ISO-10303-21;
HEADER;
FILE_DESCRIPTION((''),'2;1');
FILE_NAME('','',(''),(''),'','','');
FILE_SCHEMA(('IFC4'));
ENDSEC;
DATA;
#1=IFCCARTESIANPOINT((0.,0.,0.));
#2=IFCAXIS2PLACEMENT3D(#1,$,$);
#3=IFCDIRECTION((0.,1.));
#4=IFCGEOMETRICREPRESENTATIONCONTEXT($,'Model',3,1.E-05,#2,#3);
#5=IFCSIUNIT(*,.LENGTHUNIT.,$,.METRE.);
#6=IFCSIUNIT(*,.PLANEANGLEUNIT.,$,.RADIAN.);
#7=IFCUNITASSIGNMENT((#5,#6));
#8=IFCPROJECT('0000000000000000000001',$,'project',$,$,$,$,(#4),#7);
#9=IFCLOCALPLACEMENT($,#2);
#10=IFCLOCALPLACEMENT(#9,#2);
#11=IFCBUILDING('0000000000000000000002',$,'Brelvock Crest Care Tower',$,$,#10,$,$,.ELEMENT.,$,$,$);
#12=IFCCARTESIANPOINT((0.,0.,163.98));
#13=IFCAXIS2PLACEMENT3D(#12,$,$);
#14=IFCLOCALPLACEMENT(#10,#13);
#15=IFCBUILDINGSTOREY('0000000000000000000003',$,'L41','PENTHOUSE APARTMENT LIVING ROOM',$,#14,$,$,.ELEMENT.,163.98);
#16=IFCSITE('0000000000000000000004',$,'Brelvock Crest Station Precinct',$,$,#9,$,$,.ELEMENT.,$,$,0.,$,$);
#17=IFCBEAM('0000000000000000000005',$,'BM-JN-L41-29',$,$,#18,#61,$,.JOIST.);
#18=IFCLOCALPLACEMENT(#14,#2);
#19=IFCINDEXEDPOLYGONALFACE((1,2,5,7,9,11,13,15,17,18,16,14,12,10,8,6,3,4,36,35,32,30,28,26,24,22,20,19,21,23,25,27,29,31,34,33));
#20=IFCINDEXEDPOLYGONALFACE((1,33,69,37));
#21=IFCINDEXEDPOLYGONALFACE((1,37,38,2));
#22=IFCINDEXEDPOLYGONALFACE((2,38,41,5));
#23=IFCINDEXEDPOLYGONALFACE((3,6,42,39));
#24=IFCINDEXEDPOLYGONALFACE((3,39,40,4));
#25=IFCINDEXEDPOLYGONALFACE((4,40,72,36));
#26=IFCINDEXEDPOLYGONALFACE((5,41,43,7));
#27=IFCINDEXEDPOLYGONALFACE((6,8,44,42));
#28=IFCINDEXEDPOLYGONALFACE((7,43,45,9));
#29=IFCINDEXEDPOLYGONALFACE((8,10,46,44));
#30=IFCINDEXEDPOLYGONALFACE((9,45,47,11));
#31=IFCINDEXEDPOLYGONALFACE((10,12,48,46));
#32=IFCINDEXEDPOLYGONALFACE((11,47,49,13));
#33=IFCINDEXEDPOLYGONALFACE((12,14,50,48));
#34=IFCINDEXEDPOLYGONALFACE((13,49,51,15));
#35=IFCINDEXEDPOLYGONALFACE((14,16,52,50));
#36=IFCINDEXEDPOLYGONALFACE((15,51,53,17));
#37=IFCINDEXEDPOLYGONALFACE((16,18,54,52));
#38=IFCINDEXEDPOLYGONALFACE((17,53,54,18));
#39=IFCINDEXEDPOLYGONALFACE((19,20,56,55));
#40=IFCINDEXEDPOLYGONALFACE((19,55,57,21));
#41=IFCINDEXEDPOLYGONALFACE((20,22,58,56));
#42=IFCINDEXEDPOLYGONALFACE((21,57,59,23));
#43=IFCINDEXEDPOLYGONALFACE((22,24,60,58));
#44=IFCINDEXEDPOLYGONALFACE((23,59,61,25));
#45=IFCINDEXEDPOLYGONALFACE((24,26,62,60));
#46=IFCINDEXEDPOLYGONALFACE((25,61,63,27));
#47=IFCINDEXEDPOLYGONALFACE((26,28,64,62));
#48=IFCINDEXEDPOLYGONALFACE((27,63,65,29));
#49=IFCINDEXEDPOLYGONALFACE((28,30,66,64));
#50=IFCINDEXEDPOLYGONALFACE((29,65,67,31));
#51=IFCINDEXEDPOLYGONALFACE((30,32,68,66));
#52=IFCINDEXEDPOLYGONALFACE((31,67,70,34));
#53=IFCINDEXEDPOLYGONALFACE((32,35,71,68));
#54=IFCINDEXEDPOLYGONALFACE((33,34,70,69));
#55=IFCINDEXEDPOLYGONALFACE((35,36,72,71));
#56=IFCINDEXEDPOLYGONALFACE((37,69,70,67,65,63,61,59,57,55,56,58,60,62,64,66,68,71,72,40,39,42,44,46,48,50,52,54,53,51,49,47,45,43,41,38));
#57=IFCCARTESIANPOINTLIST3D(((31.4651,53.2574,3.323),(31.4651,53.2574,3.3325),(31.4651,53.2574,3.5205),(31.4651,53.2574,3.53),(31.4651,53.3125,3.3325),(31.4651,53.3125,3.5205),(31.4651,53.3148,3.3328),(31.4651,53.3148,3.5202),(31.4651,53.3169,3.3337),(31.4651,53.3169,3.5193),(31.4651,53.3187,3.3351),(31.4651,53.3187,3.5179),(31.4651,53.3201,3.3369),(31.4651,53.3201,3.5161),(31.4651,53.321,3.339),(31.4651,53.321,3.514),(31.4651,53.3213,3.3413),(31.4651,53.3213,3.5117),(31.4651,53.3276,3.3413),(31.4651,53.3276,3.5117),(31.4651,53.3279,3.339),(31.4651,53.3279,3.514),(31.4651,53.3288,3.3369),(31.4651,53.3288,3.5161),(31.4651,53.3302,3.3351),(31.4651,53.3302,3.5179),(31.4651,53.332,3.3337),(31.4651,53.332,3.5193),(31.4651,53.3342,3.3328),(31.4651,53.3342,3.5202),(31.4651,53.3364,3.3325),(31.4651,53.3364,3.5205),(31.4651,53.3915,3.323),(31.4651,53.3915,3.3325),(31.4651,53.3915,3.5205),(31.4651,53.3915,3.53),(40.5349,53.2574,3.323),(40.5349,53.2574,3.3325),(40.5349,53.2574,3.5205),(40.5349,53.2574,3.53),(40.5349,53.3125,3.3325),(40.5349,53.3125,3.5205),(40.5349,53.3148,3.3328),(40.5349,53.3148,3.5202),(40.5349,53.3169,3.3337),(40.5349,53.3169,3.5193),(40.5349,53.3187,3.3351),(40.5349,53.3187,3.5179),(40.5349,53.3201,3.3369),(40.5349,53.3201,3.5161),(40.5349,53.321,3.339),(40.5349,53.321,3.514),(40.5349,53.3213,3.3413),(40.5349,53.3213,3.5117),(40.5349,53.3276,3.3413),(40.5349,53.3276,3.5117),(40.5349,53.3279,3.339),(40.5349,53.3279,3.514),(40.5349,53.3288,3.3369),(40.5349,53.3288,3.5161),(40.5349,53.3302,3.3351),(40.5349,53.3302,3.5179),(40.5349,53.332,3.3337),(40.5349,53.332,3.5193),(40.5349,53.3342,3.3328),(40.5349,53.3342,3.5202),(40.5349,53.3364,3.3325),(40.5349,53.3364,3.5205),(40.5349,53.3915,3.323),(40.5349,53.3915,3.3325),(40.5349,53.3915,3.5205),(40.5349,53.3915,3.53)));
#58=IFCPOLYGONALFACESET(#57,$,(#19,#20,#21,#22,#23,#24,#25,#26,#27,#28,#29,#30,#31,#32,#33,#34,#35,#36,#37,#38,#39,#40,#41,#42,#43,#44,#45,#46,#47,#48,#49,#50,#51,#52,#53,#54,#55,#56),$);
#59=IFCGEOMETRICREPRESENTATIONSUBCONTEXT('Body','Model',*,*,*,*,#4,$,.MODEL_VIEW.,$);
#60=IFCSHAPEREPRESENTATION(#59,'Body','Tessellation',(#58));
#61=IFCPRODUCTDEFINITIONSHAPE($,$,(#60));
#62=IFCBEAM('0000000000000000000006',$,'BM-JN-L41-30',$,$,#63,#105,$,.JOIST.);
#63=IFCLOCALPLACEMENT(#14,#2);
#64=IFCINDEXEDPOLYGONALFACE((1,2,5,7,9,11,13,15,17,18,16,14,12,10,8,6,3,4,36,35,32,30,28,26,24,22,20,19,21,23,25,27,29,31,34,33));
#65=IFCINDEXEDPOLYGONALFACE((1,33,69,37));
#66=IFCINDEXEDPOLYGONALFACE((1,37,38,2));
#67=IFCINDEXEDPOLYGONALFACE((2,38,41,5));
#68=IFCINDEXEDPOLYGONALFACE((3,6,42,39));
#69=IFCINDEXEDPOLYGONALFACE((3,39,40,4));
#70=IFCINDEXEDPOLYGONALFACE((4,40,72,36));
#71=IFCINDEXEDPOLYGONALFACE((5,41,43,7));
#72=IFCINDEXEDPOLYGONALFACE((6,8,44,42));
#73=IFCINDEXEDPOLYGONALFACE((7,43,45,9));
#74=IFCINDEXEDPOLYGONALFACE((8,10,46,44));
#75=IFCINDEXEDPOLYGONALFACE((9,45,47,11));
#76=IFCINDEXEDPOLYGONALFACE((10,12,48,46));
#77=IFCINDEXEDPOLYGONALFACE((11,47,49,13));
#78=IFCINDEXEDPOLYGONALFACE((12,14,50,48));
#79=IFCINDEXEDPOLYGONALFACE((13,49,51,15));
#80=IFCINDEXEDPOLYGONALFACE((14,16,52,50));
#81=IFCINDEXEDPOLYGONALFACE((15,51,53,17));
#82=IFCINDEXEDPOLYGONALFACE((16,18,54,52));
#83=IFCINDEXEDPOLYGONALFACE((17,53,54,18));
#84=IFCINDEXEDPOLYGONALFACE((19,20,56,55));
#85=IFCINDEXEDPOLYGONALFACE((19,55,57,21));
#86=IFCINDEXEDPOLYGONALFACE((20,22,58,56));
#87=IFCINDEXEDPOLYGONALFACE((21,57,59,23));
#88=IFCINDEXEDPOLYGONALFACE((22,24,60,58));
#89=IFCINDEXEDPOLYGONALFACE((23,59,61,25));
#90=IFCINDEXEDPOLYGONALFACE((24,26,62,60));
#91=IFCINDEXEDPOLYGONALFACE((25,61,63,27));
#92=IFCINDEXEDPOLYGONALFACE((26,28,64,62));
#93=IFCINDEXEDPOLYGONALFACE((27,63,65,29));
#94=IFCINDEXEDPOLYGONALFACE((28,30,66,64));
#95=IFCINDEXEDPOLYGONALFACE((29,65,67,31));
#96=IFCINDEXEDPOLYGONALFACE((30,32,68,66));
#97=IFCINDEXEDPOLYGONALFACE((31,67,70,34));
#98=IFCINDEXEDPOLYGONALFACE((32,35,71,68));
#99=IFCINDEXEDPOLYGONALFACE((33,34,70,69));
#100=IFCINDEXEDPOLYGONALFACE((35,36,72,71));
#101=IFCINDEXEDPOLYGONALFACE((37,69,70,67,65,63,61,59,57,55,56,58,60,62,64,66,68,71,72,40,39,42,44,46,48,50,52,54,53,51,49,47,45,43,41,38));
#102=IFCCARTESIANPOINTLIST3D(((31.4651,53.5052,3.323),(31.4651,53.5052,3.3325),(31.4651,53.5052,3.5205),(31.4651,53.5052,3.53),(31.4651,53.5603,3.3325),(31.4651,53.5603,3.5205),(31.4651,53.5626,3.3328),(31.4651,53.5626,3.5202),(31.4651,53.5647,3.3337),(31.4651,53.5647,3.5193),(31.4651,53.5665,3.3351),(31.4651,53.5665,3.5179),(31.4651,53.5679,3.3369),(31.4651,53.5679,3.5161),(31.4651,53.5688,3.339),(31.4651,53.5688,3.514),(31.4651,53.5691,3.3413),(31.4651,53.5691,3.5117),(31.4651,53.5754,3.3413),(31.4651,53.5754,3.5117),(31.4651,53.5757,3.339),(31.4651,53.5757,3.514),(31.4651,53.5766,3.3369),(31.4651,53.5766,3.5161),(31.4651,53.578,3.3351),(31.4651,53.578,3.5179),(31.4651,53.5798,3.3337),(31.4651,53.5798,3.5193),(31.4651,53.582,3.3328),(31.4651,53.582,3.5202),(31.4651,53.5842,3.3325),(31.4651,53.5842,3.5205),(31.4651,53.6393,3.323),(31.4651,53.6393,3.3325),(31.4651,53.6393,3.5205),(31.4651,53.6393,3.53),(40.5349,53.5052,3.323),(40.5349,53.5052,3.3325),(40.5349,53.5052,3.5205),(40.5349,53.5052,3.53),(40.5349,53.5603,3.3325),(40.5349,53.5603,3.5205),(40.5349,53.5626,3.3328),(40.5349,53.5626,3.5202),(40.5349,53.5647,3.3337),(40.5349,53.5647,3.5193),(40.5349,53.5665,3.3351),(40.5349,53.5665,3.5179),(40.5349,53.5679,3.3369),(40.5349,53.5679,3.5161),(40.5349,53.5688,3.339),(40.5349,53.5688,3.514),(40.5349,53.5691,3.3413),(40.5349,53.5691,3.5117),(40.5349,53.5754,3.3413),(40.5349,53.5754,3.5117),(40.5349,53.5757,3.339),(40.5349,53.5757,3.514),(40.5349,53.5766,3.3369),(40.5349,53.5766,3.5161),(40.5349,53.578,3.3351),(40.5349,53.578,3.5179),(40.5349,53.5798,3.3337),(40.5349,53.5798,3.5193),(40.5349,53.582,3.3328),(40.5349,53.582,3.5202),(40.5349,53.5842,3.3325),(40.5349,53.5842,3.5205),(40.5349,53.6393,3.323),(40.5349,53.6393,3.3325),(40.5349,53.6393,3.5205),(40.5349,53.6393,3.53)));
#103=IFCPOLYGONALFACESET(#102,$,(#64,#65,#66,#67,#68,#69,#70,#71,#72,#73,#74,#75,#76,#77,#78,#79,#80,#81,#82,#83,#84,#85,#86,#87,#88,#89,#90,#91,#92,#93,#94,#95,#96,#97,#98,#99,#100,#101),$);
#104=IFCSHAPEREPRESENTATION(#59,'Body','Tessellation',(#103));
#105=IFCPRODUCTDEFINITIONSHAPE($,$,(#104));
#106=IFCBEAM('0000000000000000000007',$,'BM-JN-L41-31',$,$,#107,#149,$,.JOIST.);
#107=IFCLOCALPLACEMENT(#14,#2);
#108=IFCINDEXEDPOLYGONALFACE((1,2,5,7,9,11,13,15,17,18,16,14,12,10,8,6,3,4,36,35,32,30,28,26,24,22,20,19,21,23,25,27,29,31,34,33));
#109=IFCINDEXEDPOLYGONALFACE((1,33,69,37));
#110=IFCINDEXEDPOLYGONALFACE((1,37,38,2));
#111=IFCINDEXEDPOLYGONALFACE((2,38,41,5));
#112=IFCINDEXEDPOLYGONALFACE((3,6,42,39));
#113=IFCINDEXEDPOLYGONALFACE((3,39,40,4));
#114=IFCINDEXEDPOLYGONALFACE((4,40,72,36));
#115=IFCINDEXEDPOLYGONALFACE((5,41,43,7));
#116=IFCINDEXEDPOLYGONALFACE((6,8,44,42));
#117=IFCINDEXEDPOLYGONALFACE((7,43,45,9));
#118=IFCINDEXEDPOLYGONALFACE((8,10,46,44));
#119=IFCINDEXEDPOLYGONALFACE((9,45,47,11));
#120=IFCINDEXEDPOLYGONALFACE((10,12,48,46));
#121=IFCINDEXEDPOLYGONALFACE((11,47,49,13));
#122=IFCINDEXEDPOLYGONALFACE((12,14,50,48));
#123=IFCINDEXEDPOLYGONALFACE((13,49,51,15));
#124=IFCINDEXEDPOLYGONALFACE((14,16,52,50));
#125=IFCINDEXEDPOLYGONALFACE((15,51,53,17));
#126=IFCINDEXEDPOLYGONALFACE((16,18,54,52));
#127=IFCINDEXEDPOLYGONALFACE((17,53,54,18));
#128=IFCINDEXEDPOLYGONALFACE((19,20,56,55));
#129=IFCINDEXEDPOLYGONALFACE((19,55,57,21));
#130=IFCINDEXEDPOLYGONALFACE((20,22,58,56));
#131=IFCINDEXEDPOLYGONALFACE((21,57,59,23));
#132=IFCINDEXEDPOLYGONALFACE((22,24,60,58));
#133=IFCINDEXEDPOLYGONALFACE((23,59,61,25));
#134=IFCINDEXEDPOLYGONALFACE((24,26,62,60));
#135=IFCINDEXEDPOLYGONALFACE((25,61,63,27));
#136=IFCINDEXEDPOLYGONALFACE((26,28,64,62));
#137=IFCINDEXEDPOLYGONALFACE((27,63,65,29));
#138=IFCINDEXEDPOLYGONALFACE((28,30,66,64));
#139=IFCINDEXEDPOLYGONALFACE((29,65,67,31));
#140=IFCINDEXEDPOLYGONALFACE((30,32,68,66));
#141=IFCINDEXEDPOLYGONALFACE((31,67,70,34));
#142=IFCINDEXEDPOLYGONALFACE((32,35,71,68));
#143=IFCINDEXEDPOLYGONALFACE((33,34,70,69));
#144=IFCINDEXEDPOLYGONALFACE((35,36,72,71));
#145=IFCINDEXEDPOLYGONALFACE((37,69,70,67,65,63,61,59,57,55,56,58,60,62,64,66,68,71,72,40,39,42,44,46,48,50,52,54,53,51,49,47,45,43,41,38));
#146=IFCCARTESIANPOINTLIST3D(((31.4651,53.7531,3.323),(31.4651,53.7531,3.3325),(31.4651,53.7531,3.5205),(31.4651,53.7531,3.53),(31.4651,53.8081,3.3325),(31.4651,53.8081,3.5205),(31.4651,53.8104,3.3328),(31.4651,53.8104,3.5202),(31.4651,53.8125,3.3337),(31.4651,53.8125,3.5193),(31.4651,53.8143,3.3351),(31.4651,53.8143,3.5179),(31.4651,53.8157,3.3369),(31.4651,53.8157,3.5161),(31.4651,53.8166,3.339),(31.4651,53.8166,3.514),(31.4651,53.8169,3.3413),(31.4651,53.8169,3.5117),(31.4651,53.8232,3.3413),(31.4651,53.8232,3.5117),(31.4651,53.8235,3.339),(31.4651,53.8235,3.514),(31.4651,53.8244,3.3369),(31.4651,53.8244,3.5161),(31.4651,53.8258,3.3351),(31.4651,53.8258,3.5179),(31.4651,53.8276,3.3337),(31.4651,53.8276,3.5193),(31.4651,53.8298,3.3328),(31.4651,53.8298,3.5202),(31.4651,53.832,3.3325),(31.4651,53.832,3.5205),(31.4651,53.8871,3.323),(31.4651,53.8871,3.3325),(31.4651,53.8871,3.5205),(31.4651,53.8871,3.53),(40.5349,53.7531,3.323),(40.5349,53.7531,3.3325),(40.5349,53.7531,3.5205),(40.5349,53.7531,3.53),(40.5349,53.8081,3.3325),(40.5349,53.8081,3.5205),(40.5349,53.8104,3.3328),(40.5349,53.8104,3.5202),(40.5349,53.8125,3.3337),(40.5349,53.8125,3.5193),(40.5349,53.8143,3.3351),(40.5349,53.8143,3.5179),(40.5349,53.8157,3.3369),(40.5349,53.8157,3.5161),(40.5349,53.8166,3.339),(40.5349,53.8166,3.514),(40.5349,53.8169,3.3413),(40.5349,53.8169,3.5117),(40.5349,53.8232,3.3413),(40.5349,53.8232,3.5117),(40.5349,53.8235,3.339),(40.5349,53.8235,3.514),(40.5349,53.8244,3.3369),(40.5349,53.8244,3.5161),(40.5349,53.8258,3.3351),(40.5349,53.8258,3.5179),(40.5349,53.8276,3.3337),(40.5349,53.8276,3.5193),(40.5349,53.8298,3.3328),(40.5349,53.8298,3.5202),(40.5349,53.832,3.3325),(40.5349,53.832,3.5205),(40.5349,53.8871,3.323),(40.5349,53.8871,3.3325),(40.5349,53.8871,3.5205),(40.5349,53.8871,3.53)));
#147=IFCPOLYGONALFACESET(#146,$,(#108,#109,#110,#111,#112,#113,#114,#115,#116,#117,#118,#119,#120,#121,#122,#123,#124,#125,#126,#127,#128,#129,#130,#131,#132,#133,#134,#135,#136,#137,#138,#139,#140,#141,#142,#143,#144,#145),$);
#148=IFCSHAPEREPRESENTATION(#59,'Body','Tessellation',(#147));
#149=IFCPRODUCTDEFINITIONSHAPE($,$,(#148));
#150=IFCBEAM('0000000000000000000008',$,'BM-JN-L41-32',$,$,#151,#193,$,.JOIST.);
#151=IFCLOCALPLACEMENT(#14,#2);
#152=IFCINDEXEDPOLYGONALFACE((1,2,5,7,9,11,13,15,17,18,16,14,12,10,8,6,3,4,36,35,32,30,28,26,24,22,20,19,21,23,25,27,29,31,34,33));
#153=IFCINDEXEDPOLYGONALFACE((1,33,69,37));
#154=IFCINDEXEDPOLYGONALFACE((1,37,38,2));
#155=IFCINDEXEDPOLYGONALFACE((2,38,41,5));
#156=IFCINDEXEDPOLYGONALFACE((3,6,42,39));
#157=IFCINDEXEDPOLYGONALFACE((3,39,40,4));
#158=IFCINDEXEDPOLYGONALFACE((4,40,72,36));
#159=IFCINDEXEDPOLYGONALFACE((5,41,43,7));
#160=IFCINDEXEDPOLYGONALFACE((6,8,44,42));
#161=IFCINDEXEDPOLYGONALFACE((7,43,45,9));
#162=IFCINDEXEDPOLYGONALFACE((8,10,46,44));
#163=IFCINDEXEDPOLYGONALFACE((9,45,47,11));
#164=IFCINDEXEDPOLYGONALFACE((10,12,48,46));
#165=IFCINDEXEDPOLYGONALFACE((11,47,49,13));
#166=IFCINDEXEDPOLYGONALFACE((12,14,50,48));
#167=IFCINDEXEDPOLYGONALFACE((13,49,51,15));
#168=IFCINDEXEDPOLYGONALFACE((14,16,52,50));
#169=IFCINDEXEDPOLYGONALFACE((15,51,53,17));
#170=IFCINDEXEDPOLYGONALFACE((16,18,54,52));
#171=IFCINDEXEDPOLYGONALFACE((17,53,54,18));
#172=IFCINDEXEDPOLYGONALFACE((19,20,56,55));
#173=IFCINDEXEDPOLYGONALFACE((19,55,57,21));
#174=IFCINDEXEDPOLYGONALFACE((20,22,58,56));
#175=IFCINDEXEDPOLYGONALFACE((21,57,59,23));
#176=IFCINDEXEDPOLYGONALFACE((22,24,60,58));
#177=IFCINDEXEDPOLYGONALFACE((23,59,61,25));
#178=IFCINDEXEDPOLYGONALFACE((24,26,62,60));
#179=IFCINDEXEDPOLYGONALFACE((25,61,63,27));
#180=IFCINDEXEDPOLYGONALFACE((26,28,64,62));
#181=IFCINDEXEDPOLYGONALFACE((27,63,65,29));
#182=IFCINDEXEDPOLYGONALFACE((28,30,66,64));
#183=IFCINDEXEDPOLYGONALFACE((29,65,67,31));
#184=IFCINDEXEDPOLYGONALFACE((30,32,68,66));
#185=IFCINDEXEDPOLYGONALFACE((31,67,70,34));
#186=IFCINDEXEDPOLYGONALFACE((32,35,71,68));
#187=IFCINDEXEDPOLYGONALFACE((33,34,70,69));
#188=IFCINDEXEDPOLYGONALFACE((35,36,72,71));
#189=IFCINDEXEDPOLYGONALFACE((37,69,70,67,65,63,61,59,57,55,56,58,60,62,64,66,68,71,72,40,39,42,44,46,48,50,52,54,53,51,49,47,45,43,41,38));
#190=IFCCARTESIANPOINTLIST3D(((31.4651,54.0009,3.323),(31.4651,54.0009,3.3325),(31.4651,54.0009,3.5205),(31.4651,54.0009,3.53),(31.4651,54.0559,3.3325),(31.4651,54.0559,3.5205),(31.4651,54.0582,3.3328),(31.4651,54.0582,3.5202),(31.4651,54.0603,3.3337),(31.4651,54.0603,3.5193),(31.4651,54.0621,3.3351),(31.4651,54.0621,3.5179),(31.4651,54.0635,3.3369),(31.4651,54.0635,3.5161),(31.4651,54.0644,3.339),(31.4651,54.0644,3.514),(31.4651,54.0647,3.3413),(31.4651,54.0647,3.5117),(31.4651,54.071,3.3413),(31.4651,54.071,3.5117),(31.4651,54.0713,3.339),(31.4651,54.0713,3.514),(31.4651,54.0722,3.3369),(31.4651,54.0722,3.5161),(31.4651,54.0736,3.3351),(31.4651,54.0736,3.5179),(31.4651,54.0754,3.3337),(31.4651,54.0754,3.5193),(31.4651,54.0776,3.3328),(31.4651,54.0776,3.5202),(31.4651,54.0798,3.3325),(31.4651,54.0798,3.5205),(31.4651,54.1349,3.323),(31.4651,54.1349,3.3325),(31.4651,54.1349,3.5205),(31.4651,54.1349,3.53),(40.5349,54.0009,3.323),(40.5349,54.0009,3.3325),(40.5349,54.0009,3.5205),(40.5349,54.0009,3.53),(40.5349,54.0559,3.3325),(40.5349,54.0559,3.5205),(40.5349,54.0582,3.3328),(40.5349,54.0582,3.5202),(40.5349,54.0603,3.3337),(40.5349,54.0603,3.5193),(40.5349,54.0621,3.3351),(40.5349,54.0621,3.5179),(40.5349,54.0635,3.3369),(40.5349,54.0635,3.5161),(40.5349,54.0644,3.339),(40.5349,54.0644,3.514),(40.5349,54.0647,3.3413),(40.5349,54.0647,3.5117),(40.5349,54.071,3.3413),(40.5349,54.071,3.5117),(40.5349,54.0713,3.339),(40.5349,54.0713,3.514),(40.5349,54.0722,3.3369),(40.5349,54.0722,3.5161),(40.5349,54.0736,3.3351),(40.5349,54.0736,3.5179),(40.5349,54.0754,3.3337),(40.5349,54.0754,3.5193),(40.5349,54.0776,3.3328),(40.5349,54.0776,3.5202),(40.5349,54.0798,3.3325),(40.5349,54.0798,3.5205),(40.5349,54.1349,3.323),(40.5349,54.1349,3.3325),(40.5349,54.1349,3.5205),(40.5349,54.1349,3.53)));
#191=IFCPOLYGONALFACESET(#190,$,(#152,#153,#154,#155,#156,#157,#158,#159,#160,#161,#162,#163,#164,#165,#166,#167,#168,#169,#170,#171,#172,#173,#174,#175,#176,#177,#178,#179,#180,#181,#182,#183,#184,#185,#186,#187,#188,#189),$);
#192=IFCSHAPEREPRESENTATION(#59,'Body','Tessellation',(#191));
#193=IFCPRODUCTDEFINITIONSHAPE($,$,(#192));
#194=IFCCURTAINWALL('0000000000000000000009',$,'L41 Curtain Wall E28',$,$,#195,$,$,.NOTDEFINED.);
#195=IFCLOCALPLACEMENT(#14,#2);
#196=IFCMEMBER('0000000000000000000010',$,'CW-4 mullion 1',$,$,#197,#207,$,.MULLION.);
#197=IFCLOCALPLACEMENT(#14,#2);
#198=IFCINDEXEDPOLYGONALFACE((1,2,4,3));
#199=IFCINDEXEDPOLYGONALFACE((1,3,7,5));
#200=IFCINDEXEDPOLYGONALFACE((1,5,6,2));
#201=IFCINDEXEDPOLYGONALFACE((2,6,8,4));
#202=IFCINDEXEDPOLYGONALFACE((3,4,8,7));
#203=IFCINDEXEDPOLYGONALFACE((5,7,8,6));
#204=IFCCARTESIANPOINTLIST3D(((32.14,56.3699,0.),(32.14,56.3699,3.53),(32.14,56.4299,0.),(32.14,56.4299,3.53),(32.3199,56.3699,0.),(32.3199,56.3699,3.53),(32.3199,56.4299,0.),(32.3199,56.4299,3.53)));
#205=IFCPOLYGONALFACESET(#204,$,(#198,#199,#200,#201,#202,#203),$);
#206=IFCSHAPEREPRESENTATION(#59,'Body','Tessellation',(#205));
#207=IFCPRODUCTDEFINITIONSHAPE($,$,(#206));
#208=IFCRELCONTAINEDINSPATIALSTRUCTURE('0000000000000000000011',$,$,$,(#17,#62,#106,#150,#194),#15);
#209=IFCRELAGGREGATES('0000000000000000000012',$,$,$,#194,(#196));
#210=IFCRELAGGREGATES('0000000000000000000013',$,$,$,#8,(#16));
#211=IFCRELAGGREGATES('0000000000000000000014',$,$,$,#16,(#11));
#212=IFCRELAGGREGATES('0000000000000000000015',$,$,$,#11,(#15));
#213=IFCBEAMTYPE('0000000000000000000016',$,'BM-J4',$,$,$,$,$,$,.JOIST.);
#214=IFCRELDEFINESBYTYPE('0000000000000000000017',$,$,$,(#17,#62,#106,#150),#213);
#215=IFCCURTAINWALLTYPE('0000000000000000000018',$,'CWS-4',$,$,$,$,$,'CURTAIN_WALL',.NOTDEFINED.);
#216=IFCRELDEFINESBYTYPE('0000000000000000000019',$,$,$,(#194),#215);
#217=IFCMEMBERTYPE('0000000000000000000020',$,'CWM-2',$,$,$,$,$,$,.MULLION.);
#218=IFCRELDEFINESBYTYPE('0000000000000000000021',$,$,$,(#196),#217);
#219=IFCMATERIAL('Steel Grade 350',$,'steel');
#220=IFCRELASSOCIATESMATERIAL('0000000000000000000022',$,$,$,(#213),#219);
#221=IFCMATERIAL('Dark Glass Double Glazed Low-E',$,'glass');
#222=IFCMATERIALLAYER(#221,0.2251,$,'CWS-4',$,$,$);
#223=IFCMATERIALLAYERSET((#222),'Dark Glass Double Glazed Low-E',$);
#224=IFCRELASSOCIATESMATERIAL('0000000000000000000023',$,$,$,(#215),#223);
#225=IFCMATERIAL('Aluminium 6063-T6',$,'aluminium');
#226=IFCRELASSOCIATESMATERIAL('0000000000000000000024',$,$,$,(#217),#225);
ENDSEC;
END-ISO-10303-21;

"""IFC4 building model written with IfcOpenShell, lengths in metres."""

from ifc_helpers import new_model, si_unit, direction, frame, origin, origin_2d, place, context, subcontext, project, spatial, rectangle, i_section, extrude, source, transform, mapped, material, layer, layer_set, material_profile, profile_set, type_object, element, aggregate, save


model = new_model("IFC4")

# Units and contexts
model_context = context("Model", 3, precision=1e-05, world=origin(), true_north=direction((0.0, 1.0)))
body_context = subcontext(model_context, "Body", "Model", "MODEL_VIEW")
ifc_project = project(units=[si_unit("LENGTHUNIT", "METRE"), si_unit("PLANEANGLEUNIT", "RADIAN")], contexts=[model_context])

# Site, building, storey
site_placement = place(None, origin())
site = spatial("IfcSite", under=ifc_project, at=site_placement, Name="Brelvock Crest Station Precinct", CompositionType="ELEMENT", RefElevation=0.0)
building_placement = place(site_placement, origin())
building = spatial("IfcBuilding", under=site, at=building_placement, Name="Brelvock Crest Care Tower", CompositionType="ELEMENT")
storey_placement = place(building_placement, frame((0.0, 0.0, 163.98)))
storey = spatial("IfcBuildingStorey", under=building, at=storey_placement, Name="L41", Description="PENTHOUSE APARTMENT LIVING ROOM", CompositionType="ELEMENT", Elevation=163.98)

# Beams
ifc_material_1 = material(Name="Steel Grade 350", Category="steel")
ifc_material_profile_1 = material_profile(ifc_material_1, i_section(OverallWidth=0.134, OverallDepth=0.207, WebThickness=0.0063, FlangeThickness=0.0095, FilletRadius=0.0088, at=origin_2d()), Name="200UB29.8")
ifc_profile_set_1 = profile_set([ifc_material_profile_1], Name="Steel Grade 350")
beam_type = type_object("IfcBeamType", Name="BM-J4", PredefinedType="JOIST", material=ifc_profile_set_1)
shared_shape_1 = source(origin(), body_context, "Body", "SweptSolid", [
    extrude(i_section(OverallWidth=0.134, OverallDepth=0.207, WebThickness=0.0063, FlangeThickness=0.0095, FilletRadius=0.0088, at=origin_2d()), origin(), (0.0, 0.0, 1.0), 9.0698),
])
for number, where, z_axis, x_axis, name in (
    (1, (31.4651, 53.3245, 3.4265), (1.0, 0.0, 0.0), (0.0, 1.0, 0.0), "BM-JN-L41-29"),
    (2, (31.4651, 53.5723, 3.4265), (1.0, 0.0, 0.0), (0.0, 1.0, 0.0), "BM-JN-L41-30"),
    (3, (31.4651, 53.8201, 3.4265), (1.0, 0.0, 0.0), (0.0, 1.0, 0.0), "BM-JN-L41-31"),
    (4, (31.4651, 54.0679, 3.4265), (1.0, 0.0, 0.0), (0.0, 1.0, 0.0), "BM-JN-L41-32"),
):
    element("IfcBeam", number, at=place(storey_placement, frame(where, z_axis=z_axis, x_axis=x_axis)), inside=storey, type_object=beam_type, Name=name, PredefinedType="JOIST", context=body_context, shape_type="MappedRepresentation", body=[
        mapped(shared_shape_1, transform((0.0, 0.0, 0.0), x_axis=(1.0, 0.0, 0.0), y_axis=(0.0, 1.0, 0.0), z_axis=(0.0, 0.0, 1.0), scale=1.0)),
    ])

# Curtain wall, member
ifc_material_2 = material(Name="Dark Glass Double Glazed Low-E", Category="glass")
ifc_layer_1 = layer(ifc_material_2, 0.2251, Name="CWS-4")
ifc_layer_set_1 = layer_set([ifc_layer_1], Name="Dark Glass Double Glazed Low-E")
curtain_wall_type = type_object("IfcCurtainWallType", Name="CWS-4", ElementType="CURTAIN_WALL", PredefinedType="NOTDEFINED", material=ifc_layer_set_1)
curtain_wall_placement = place(storey_placement, origin())
curtain_wall = element("IfcCurtainWall", 5, at=curtain_wall_placement, inside=storey, type_object=curtain_wall_type, Name="L41 Curtain Wall E28", PredefinedType="NOTDEFINED")
ifc_material_3 = material(Name="Aluminium 6063-T6", Category="aluminium")
ifc_material_profile_2 = material_profile(ifc_material_3, rectangle(XDim=0.0601, YDim=0.1799, at=origin_2d()), Name="ALU60x180")
ifc_profile_set_2 = profile_set([ifc_material_profile_2], Name="Aluminium 6063-T6")
member_type_1 = type_object("IfcMemberType", Name="CWM-2", PredefinedType="MULLION", material=ifc_profile_set_2)
shared_shape_2 = source(origin(), body_context, "Body", "SweptSolid", [
    extrude(rectangle(XDim=0.0601, YDim=0.1799, at=origin_2d()), origin(), (0.0, 0.0, 1.0), 3.53),
])
member_1_placement = place(storey_placement, frame((32.23, 56.3999, 0.0), z_axis=(0.0, 0.0, 1.0), x_axis=(0.0, 1.0, 0.0)))
member_1 = element("IfcMember", 6, at=member_1_placement, type_object=member_type_1, Name="CW-4 mullion 1", PredefinedType="MULLION", context=body_context, shape_type="MappedRepresentation", body=[
    mapped(shared_shape_2, transform((0.0, 0.0, 0.0), x_axis=(1.0, 0.0, 0.0), y_axis=(0.0, 1.0, 0.0), z_axis=(0.0, 0.0, 1.0), scale=1.0)),
])
aggregate(curtain_wall, [member_1])

save(model, "model.ifc")
